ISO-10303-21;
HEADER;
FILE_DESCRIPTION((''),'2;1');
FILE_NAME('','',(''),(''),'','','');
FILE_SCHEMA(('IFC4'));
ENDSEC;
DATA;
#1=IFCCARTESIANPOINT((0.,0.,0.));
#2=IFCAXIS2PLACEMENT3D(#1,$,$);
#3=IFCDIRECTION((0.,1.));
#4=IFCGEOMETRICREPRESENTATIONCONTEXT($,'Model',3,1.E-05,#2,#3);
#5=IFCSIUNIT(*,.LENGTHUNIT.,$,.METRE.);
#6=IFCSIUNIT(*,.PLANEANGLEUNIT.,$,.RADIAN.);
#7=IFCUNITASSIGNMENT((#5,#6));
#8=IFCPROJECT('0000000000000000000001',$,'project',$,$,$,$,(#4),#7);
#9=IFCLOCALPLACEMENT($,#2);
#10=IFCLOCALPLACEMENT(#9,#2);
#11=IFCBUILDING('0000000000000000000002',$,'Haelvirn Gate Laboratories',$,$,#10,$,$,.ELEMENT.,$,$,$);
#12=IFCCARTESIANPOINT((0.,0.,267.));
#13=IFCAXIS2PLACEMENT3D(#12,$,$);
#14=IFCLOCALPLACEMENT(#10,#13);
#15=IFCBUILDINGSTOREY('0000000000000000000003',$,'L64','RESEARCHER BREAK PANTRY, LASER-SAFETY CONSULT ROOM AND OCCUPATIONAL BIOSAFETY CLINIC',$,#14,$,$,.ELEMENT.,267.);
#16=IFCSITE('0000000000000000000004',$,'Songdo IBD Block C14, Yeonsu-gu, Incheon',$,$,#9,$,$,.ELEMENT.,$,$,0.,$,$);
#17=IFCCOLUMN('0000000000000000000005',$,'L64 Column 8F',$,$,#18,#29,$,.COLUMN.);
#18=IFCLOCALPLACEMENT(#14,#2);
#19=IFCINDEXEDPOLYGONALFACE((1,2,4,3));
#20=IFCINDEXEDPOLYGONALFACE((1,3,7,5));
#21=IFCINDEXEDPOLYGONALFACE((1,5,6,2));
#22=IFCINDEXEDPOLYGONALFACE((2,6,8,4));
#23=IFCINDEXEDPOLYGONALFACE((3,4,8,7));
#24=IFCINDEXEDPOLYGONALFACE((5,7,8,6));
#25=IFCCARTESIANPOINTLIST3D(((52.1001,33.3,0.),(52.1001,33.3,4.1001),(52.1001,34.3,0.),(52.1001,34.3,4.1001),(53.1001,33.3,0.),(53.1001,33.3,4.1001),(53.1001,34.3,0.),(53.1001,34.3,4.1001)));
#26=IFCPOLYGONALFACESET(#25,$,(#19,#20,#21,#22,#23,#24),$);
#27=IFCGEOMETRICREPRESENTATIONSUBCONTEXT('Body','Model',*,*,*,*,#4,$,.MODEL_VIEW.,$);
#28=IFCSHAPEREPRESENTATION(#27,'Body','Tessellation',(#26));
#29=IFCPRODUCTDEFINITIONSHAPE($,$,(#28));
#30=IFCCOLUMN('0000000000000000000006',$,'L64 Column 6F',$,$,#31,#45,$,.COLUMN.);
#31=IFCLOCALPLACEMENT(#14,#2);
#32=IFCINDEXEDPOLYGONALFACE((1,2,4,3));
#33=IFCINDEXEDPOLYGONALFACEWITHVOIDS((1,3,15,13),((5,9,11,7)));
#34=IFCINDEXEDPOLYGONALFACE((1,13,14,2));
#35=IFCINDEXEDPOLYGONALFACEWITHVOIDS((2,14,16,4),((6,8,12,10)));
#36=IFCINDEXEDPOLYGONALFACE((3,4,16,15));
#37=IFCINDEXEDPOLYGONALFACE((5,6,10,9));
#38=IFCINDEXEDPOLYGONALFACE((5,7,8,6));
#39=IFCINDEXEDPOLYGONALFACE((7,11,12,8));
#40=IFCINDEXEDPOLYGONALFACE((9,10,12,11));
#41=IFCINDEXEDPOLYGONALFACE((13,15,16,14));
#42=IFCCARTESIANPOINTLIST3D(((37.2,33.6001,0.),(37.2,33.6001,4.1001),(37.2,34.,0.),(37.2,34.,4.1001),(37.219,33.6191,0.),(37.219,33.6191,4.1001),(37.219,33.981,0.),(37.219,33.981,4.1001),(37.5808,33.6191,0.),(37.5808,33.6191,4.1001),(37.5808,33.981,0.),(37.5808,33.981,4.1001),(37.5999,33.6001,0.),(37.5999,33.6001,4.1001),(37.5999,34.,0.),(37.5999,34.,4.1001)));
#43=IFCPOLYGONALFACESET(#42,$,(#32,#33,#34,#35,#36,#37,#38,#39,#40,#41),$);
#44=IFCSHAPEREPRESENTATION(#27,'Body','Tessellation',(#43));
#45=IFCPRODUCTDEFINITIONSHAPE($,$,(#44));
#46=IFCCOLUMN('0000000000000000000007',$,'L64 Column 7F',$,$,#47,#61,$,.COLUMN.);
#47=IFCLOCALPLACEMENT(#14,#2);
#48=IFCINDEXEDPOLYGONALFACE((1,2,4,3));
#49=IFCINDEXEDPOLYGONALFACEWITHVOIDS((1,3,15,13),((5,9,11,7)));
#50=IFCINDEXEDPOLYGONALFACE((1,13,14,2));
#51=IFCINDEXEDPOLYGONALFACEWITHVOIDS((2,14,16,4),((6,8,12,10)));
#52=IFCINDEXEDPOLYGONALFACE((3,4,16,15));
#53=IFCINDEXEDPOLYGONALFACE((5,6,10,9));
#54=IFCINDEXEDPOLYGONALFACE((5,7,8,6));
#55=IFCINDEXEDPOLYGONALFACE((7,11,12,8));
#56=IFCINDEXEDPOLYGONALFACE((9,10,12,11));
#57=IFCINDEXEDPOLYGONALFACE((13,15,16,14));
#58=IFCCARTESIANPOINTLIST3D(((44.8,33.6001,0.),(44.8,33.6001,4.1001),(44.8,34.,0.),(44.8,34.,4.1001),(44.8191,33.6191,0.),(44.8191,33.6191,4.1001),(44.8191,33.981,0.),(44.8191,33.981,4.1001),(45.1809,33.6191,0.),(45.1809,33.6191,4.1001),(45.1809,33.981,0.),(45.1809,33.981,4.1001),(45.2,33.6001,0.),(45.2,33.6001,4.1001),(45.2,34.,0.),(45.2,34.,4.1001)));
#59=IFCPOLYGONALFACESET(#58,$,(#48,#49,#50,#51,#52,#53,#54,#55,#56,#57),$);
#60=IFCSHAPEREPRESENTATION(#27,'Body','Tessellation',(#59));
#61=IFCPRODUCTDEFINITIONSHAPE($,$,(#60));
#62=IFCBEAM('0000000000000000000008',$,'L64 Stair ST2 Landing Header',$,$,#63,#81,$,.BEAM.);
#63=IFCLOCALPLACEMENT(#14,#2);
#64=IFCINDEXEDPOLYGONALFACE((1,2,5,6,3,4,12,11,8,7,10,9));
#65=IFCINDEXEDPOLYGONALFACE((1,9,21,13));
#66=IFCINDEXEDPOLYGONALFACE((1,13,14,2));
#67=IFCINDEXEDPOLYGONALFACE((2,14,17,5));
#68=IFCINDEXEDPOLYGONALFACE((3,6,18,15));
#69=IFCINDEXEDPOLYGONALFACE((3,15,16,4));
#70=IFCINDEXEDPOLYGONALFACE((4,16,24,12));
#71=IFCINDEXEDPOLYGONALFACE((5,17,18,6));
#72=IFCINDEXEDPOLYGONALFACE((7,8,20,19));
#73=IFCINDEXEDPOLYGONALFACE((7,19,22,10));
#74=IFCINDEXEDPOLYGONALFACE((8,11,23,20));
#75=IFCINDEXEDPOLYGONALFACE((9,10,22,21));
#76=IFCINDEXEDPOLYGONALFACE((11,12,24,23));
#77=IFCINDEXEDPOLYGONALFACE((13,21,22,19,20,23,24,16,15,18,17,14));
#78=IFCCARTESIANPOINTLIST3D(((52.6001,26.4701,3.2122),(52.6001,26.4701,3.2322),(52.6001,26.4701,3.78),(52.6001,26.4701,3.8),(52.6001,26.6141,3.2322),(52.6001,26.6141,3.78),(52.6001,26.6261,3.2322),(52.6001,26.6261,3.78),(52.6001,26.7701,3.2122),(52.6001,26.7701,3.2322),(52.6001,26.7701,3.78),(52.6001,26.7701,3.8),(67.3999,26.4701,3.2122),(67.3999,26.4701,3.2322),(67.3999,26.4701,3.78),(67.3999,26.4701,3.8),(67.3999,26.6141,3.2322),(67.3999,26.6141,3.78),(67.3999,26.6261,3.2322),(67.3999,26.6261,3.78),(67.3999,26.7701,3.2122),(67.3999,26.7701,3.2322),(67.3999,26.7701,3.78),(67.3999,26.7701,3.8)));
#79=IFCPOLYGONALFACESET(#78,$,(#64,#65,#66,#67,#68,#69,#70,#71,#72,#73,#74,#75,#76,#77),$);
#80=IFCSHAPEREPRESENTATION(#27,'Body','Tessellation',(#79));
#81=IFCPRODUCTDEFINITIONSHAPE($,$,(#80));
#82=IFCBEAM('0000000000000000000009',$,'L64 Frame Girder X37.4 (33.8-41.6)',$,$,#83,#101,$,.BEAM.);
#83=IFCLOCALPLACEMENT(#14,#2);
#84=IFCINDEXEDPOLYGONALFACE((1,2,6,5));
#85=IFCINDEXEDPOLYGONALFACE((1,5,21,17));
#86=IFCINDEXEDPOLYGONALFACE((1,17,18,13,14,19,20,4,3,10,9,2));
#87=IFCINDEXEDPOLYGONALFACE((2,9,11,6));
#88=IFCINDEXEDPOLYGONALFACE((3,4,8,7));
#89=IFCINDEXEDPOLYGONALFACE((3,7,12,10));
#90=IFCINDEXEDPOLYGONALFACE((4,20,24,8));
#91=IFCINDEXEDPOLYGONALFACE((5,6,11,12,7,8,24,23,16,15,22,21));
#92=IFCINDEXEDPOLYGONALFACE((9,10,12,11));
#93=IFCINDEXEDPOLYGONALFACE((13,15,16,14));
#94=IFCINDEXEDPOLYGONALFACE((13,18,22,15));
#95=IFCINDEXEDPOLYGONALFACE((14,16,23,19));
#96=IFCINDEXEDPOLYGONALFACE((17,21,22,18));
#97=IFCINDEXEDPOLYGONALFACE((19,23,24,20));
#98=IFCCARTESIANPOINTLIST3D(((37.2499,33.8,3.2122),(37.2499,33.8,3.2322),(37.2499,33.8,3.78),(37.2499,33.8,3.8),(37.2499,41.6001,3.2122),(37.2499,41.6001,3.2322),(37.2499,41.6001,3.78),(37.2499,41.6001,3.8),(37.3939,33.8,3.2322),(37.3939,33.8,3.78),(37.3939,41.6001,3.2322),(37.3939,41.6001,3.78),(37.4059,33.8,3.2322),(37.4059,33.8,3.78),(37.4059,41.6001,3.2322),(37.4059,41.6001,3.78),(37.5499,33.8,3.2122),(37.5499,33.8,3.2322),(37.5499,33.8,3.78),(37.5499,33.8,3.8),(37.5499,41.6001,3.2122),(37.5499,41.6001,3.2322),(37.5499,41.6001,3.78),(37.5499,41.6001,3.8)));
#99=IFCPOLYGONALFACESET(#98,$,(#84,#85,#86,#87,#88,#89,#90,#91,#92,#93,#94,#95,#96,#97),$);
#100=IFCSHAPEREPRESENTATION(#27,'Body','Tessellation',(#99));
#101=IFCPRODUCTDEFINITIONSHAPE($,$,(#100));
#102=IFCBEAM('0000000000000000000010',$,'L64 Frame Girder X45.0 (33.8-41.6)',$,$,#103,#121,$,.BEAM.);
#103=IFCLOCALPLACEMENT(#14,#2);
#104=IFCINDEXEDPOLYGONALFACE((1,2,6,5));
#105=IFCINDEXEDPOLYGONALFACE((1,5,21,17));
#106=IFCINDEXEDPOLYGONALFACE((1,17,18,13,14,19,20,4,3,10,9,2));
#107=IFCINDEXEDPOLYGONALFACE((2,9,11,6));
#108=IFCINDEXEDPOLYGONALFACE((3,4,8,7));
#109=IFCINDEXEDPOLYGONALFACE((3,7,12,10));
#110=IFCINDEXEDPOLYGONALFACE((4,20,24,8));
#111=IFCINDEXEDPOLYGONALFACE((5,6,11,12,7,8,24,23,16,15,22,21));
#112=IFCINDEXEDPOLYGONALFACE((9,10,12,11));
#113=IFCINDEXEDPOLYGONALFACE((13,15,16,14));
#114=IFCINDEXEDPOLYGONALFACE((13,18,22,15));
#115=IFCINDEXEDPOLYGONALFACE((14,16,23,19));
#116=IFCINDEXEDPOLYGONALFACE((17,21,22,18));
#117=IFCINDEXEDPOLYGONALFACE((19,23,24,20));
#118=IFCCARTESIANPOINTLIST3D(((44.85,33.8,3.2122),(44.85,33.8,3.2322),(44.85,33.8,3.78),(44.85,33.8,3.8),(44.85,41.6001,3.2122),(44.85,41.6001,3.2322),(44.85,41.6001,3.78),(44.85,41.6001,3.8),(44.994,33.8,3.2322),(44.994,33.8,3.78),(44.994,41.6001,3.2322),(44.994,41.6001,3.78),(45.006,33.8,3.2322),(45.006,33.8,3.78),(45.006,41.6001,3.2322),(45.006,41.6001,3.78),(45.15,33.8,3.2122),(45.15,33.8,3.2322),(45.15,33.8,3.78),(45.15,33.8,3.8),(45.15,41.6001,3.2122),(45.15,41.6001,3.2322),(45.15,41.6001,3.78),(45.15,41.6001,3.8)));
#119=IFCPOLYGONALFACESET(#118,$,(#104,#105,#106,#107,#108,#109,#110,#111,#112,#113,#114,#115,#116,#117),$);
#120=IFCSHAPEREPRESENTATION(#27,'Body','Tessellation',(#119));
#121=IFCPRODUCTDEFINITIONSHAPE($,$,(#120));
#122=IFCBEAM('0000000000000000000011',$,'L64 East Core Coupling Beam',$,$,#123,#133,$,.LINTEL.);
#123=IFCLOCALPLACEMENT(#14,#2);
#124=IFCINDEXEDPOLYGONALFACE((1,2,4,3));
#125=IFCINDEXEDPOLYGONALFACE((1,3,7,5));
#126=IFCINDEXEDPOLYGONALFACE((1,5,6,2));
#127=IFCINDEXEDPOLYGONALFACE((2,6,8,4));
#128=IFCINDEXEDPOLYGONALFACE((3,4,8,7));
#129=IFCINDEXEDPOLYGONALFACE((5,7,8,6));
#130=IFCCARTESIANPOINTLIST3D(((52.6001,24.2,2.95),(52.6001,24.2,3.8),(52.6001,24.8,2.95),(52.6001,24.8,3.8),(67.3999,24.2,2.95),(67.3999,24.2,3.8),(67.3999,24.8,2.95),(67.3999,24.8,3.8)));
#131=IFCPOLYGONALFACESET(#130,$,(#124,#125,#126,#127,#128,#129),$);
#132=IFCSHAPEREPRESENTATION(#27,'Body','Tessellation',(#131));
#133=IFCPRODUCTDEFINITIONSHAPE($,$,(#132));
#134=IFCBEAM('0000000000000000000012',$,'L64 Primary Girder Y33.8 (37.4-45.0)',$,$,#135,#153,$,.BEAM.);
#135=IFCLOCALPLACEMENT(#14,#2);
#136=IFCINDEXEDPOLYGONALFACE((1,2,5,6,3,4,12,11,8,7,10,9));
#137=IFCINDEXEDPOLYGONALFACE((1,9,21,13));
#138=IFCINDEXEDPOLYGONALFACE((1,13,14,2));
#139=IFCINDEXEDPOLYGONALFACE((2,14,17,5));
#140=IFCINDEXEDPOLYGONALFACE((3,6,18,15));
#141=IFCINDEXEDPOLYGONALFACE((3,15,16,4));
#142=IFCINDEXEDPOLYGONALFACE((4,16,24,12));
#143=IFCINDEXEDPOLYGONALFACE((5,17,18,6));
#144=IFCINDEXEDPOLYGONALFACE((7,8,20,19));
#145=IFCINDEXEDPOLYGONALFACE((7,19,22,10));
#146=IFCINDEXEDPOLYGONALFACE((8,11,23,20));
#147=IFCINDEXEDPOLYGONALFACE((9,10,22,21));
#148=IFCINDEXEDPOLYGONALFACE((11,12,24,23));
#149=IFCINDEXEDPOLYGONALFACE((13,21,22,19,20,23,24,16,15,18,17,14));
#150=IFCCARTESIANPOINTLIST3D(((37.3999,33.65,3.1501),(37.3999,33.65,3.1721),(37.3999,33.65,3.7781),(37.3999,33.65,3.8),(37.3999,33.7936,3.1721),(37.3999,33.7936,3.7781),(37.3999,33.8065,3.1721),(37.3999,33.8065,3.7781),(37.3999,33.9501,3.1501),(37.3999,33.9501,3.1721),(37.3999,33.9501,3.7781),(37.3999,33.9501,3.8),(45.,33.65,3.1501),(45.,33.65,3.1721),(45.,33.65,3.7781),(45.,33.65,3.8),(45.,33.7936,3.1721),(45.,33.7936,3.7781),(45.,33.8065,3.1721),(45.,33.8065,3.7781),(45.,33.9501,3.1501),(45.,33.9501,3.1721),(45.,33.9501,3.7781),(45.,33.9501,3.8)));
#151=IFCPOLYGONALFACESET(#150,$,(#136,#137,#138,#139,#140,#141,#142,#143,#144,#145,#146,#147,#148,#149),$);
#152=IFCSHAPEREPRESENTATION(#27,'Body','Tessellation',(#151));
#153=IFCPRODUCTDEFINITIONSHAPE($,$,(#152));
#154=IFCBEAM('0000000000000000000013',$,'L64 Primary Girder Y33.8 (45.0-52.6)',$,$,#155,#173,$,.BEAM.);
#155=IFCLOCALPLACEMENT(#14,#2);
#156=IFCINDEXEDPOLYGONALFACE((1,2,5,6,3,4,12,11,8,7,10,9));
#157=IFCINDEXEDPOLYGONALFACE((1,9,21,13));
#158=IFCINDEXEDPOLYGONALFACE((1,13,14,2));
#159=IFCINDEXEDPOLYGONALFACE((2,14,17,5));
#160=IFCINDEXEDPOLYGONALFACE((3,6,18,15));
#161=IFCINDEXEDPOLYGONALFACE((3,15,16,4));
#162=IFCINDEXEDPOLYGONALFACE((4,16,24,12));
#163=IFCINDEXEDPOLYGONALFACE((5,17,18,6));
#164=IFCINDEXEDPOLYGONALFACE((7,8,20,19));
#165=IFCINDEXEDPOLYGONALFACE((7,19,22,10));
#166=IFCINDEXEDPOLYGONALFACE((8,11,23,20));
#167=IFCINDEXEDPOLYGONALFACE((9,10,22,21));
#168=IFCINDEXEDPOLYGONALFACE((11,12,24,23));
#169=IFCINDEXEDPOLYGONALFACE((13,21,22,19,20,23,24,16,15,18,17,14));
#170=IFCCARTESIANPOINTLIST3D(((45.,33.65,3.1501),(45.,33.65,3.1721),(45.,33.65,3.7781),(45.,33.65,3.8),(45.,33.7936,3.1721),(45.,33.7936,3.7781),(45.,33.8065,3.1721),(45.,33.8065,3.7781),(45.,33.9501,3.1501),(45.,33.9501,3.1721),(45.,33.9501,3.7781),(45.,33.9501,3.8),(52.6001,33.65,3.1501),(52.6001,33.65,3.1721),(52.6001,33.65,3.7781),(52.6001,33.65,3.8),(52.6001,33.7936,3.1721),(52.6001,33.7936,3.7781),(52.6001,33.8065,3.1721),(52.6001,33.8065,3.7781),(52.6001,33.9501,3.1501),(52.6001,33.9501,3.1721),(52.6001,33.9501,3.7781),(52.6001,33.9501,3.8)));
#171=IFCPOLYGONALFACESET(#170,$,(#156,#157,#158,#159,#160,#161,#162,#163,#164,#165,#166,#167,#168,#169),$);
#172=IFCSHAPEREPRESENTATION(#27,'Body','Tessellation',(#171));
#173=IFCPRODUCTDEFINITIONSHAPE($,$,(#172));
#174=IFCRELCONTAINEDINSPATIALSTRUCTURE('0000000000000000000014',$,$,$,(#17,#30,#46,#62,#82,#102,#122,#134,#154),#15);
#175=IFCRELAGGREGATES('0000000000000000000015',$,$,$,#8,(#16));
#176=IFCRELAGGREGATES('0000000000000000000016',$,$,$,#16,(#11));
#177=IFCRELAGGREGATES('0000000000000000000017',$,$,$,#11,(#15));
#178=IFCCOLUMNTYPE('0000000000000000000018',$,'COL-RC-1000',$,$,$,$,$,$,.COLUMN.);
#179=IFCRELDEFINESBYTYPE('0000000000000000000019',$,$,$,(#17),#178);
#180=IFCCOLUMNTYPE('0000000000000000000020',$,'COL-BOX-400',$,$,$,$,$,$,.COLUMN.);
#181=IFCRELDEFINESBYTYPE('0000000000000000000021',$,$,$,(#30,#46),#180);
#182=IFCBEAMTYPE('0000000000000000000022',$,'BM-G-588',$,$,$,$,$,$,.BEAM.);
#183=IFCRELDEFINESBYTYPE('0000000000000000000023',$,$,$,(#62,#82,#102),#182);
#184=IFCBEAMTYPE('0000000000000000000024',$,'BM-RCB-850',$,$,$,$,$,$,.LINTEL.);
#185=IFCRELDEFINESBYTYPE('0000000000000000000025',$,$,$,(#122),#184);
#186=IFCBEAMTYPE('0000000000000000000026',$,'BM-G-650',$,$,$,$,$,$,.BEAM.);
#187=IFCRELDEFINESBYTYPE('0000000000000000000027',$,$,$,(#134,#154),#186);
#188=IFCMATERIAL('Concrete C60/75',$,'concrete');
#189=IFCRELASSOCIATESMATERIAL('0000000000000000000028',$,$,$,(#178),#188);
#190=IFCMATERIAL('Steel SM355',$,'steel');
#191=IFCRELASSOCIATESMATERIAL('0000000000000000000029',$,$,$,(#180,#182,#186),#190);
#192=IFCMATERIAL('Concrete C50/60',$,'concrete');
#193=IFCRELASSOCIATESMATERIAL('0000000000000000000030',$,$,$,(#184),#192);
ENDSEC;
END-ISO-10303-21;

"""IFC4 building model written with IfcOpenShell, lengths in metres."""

from ifc_helpers import new_model, si_unit, direction, frame, origin, origin_2d, place, context, subcontext, project, spatial, rectangle, hollow_rectangle, i_section, extrude, source, transform, mapped, material, material_profile, profile_set, type_object, type_shapes, element, save


model = new_model("IFC4")

# Units and contexts
model_context = context("Model", 3, precision=1e-05, world=origin(), true_north=direction((0.0, 1.0)))
body_context = subcontext(model_context, "Body", "Model", "MODEL_VIEW")
ifc_project = project(units=[si_unit("LENGTHUNIT", "METRE"), si_unit("PLANEANGLEUNIT", "RADIAN")], contexts=[model_context])

# Site, building, storey
site_placement = place(None, origin())
site = spatial("IfcSite", under=ifc_project, at=site_placement, Name="Songdo IBD Block C14, Yeonsu-gu, Incheon", CompositionType="ELEMENT", RefElevation=0.0)
building_placement = place(site_placement, origin())
building = spatial("IfcBuilding", under=site, at=building_placement, Name="Haelvirn Gate Laboratories", CompositionType="ELEMENT")
storey_placement = place(building_placement, frame((0.0, 0.0, 267.0)))
storey = spatial("IfcBuildingStorey", under=building, at=storey_placement, Name="L64", Description="RESEARCHER BREAK PANTRY, LASER-SAFETY CONSULT ROOM AND OCCUPATIONAL BIOSAFETY CLINIC", CompositionType="ELEMENT", Elevation=267.0)

# Columns
ifc_material_1 = material(Name="Concrete C60/75", Category="concrete")
ifc_material_profile_1 = material_profile(ifc_material_1, rectangle(XDim=1.0, YDim=1.0, at=origin_2d()), Name="RC-1000x1000")
ifc_profile_set_1 = profile_set([ifc_material_profile_1], Name="Concrete C60/75")
column_type_1 = type_object("IfcColumnType", Name="COL-RC-1000", PredefinedType="COLUMN", material=ifc_profile_set_1)
shared_shape_1 = source(origin(), body_context, "Body", "SweptSolid", [
    extrude(rectangle(XDim=1.0, YDim=1.0, at=origin_2d()), origin(), (0.0, 0.0, 1.0), 4.1001),
])
type_shapes(column_type_1, [shared_shape_1])
column_placement = place(storey_placement, frame((52.6001, 33.8, 0.0), z_axis=(0.0, 0.0, 1.0), x_axis=(1.0, 0.0, 0.0)))
element("IfcColumn", 1, at=column_placement, inside=storey, type_object=column_type_1, Name="L64 Column 8F", PredefinedType="COLUMN", context=body_context, shape_type="MappedRepresentation", body=[
    mapped(shared_shape_1, transform((0.0, 0.0, 0.0), scale=1.0)),
])
ifc_material_2 = material(Name="Steel SM355", Category="steel")
ifc_material_profile_2 = material_profile(ifc_material_2, hollow_rectangle(XDim=0.3999, YDim=0.3999, WallThickness=0.019, at=origin_2d()), Name="BOX-400x400x19")
ifc_profile_set_2 = profile_set([ifc_material_profile_2], Name="Steel SM355")
column_type_2 = type_object("IfcColumnType", Name="COL-BOX-400", PredefinedType="COLUMN", material=ifc_profile_set_2)
shared_shape_2 = source(origin(), body_context, "Body", "SweptSolid", [
    extrude(hollow_rectangle(XDim=0.3999, YDim=0.3999, WallThickness=0.019, at=origin_2d()), origin(), (0.0, 0.0, 1.0), 4.1001),
])
type_shapes(column_type_2, [shared_shape_2])
for number, where, z_axis, x_axis, name in (
    (2, (37.3999, 33.8, 0.0), (0.0, 0.0, 1.0), (1.0, 0.0, 0.0), "L64 Column 6F"),
    (3, (45.0, 33.8, 0.0), (0.0, 0.0, 1.0), (1.0, 0.0, 0.0), "L64 Column 7F"),
):
    element("IfcColumn", number, at=place(storey_placement, frame(where, z_axis=z_axis, x_axis=x_axis)), inside=storey, type_object=column_type_2, Name=name, PredefinedType="COLUMN", context=body_context, shape_type="MappedRepresentation", body=[
        mapped(shared_shape_2, transform((0.0, 0.0, 0.0), scale=1.0)),
    ])

# Beams
ifc_material_profile_3 = material_profile(ifc_material_2, i_section(OverallWidth=0.3, OverallDepth=0.5879, WebThickness=0.012, FlangeThickness=0.02, at=origin_2d()), Name="H-588x300x12x20")
ifc_profile_set_3 = profile_set([ifc_material_profile_3], Name="Steel SM355")
beam_type_1 = type_object("IfcBeamType", Name="BM-G-588", PredefinedType="BEAM", material=ifc_profile_set_3)
shared_shape_3 = source(origin(), body_context, "Body", "SweptSolid", [
    extrude(i_section(OverallWidth=0.3, OverallDepth=0.5879, WebThickness=0.012, FlangeThickness=0.02, at=origin_2d()), origin(), (0.0, 0.0, 1.0), 14.7998),
])
beam_1_placement = place(storey_placement, frame((52.6001, 26.6201, 3.5061), z_axis=(1.0, 0.0, 0.0), x_axis=(0.0, 1.0, 0.0)))
element("IfcBeam", 4, at=beam_1_placement, inside=storey, type_object=beam_type_1, Name="L64 Stair ST2 Landing Header", PredefinedType="BEAM", context=body_context, shape_type="MappedRepresentation", body=[
    mapped(shared_shape_3, transform((0.0, 0.0, 0.0), scale=1.0)),
])
shared_shape_4 = source(origin(), body_context, "Body", "SweptSolid", [
    extrude(i_section(OverallWidth=0.3, OverallDepth=0.5879, WebThickness=0.012, FlangeThickness=0.02, at=origin_2d()), origin(), (0.0, 0.0, 1.0), 7.8),
])
type_shapes(beam_type_1, [shared_shape_3, shared_shape_4])
for number, where, z_axis, x_axis, name in (
    (5, (37.3999, 33.8, 3.5061), (0.0, 1.0, 0.0), (-1.0, 0.0, 0.0), "L64 Frame Girder X37.4 (33.8-41.6)"),
    (6, (45.0, 33.8, 3.5061), (0.0, 1.0, 0.0), (-1.0, 0.0, 0.0), "L64 Frame Girder X45.0 (33.8-41.6)"),
):
    element("IfcBeam", number, at=place(storey_placement, frame(where, z_axis=z_axis, x_axis=x_axis)), inside=storey, type_object=beam_type_1, Name=name, PredefinedType="BEAM", context=body_context, shape_type="MappedRepresentation", body=[
        mapped(shared_shape_4, transform((0.0, 0.0, 0.0), scale=1.0)),
    ])
ifc_material_3 = material(Name="Concrete C50/60", Category="concrete")
ifc_material_profile_4 = material_profile(ifc_material_3, rectangle(XDim=0.6001, YDim=0.8501, at=origin_2d()), Name="RCB-600x850")
ifc_profile_set_4 = profile_set([ifc_material_profile_4], Name="Concrete C50/60")
beam_type_2 = type_object("IfcBeamType", Name="BM-RCB-850", PredefinedType="LINTEL", material=ifc_profile_set_4)
shared_shape_5 = source(origin(), body_context, "Body", "SweptSolid", [
    extrude(rectangle(XDim=0.6001, YDim=0.8501, at=origin_2d()), origin(), (0.0, 0.0, 1.0), 14.7998),
])
type_shapes(beam_type_2, [shared_shape_5])
beam_2_placement = place(storey_placement, frame((52.6001, 24.5, 3.375), z_axis=(1.0, 0.0, 0.0), x_axis=(0.0, 1.0, 0.0)))
element("IfcBeam", 7, at=beam_2_placement, inside=storey, type_object=beam_type_2, Name="L64 East Core Coupling Beam", PredefinedType="LINTEL", context=body_context, shape_type="MappedRepresentation", body=[
    mapped(shared_shape_5, transform((0.0, 0.0, 0.0), scale=1.0)),
])
ifc_material_profile_5 = material_profile(ifc_material_2, i_section(OverallWidth=0.3, OverallDepth=0.6499, WebThickness=0.0129, FlangeThickness=0.022, at=origin_2d()), Name="H-650x300x13x22")
ifc_profile_set_5 = profile_set([ifc_material_profile_5], Name="Steel SM355")
beam_type_3 = type_object("IfcBeamType", Name="BM-G-650", PredefinedType="BEAM", material=ifc_profile_set_5)
shared_shape_6 = source(origin(), body_context, "Body", "SweptSolid", [
    extrude(i_section(OverallWidth=0.3, OverallDepth=0.6499, WebThickness=0.0129, FlangeThickness=0.022, at=origin_2d()), origin(), (0.0, 0.0, 1.0), 7.6001),
])
type_shapes(beam_type_3, [shared_shape_6])
for number, where, z_axis, x_axis, name in (
    (8, (37.3999, 33.8, 3.4751), (1.0, 0.0, 0.0), (0.0, 1.0, 0.0), "L64 Primary Girder Y33.8 (37.4-45.0)"),
    (9, (45.0, 33.8, 3.4751), (1.0, 0.0, 0.0), (0.0, 1.0, 0.0), "L64 Primary Girder Y33.8 (45.0-52.6)"),
):
    element("IfcBeam", number, at=place(storey_placement, frame(where, z_axis=z_axis, x_axis=x_axis)), inside=storey, type_object=beam_type_3, Name=name, PredefinedType="BEAM", context=body_context, shape_type="MappedRepresentation", body=[
        mapped(shared_shape_6, transform((0.0, 0.0, 0.0), scale=1.0)),
    ])

save(model, "model.ifc")
